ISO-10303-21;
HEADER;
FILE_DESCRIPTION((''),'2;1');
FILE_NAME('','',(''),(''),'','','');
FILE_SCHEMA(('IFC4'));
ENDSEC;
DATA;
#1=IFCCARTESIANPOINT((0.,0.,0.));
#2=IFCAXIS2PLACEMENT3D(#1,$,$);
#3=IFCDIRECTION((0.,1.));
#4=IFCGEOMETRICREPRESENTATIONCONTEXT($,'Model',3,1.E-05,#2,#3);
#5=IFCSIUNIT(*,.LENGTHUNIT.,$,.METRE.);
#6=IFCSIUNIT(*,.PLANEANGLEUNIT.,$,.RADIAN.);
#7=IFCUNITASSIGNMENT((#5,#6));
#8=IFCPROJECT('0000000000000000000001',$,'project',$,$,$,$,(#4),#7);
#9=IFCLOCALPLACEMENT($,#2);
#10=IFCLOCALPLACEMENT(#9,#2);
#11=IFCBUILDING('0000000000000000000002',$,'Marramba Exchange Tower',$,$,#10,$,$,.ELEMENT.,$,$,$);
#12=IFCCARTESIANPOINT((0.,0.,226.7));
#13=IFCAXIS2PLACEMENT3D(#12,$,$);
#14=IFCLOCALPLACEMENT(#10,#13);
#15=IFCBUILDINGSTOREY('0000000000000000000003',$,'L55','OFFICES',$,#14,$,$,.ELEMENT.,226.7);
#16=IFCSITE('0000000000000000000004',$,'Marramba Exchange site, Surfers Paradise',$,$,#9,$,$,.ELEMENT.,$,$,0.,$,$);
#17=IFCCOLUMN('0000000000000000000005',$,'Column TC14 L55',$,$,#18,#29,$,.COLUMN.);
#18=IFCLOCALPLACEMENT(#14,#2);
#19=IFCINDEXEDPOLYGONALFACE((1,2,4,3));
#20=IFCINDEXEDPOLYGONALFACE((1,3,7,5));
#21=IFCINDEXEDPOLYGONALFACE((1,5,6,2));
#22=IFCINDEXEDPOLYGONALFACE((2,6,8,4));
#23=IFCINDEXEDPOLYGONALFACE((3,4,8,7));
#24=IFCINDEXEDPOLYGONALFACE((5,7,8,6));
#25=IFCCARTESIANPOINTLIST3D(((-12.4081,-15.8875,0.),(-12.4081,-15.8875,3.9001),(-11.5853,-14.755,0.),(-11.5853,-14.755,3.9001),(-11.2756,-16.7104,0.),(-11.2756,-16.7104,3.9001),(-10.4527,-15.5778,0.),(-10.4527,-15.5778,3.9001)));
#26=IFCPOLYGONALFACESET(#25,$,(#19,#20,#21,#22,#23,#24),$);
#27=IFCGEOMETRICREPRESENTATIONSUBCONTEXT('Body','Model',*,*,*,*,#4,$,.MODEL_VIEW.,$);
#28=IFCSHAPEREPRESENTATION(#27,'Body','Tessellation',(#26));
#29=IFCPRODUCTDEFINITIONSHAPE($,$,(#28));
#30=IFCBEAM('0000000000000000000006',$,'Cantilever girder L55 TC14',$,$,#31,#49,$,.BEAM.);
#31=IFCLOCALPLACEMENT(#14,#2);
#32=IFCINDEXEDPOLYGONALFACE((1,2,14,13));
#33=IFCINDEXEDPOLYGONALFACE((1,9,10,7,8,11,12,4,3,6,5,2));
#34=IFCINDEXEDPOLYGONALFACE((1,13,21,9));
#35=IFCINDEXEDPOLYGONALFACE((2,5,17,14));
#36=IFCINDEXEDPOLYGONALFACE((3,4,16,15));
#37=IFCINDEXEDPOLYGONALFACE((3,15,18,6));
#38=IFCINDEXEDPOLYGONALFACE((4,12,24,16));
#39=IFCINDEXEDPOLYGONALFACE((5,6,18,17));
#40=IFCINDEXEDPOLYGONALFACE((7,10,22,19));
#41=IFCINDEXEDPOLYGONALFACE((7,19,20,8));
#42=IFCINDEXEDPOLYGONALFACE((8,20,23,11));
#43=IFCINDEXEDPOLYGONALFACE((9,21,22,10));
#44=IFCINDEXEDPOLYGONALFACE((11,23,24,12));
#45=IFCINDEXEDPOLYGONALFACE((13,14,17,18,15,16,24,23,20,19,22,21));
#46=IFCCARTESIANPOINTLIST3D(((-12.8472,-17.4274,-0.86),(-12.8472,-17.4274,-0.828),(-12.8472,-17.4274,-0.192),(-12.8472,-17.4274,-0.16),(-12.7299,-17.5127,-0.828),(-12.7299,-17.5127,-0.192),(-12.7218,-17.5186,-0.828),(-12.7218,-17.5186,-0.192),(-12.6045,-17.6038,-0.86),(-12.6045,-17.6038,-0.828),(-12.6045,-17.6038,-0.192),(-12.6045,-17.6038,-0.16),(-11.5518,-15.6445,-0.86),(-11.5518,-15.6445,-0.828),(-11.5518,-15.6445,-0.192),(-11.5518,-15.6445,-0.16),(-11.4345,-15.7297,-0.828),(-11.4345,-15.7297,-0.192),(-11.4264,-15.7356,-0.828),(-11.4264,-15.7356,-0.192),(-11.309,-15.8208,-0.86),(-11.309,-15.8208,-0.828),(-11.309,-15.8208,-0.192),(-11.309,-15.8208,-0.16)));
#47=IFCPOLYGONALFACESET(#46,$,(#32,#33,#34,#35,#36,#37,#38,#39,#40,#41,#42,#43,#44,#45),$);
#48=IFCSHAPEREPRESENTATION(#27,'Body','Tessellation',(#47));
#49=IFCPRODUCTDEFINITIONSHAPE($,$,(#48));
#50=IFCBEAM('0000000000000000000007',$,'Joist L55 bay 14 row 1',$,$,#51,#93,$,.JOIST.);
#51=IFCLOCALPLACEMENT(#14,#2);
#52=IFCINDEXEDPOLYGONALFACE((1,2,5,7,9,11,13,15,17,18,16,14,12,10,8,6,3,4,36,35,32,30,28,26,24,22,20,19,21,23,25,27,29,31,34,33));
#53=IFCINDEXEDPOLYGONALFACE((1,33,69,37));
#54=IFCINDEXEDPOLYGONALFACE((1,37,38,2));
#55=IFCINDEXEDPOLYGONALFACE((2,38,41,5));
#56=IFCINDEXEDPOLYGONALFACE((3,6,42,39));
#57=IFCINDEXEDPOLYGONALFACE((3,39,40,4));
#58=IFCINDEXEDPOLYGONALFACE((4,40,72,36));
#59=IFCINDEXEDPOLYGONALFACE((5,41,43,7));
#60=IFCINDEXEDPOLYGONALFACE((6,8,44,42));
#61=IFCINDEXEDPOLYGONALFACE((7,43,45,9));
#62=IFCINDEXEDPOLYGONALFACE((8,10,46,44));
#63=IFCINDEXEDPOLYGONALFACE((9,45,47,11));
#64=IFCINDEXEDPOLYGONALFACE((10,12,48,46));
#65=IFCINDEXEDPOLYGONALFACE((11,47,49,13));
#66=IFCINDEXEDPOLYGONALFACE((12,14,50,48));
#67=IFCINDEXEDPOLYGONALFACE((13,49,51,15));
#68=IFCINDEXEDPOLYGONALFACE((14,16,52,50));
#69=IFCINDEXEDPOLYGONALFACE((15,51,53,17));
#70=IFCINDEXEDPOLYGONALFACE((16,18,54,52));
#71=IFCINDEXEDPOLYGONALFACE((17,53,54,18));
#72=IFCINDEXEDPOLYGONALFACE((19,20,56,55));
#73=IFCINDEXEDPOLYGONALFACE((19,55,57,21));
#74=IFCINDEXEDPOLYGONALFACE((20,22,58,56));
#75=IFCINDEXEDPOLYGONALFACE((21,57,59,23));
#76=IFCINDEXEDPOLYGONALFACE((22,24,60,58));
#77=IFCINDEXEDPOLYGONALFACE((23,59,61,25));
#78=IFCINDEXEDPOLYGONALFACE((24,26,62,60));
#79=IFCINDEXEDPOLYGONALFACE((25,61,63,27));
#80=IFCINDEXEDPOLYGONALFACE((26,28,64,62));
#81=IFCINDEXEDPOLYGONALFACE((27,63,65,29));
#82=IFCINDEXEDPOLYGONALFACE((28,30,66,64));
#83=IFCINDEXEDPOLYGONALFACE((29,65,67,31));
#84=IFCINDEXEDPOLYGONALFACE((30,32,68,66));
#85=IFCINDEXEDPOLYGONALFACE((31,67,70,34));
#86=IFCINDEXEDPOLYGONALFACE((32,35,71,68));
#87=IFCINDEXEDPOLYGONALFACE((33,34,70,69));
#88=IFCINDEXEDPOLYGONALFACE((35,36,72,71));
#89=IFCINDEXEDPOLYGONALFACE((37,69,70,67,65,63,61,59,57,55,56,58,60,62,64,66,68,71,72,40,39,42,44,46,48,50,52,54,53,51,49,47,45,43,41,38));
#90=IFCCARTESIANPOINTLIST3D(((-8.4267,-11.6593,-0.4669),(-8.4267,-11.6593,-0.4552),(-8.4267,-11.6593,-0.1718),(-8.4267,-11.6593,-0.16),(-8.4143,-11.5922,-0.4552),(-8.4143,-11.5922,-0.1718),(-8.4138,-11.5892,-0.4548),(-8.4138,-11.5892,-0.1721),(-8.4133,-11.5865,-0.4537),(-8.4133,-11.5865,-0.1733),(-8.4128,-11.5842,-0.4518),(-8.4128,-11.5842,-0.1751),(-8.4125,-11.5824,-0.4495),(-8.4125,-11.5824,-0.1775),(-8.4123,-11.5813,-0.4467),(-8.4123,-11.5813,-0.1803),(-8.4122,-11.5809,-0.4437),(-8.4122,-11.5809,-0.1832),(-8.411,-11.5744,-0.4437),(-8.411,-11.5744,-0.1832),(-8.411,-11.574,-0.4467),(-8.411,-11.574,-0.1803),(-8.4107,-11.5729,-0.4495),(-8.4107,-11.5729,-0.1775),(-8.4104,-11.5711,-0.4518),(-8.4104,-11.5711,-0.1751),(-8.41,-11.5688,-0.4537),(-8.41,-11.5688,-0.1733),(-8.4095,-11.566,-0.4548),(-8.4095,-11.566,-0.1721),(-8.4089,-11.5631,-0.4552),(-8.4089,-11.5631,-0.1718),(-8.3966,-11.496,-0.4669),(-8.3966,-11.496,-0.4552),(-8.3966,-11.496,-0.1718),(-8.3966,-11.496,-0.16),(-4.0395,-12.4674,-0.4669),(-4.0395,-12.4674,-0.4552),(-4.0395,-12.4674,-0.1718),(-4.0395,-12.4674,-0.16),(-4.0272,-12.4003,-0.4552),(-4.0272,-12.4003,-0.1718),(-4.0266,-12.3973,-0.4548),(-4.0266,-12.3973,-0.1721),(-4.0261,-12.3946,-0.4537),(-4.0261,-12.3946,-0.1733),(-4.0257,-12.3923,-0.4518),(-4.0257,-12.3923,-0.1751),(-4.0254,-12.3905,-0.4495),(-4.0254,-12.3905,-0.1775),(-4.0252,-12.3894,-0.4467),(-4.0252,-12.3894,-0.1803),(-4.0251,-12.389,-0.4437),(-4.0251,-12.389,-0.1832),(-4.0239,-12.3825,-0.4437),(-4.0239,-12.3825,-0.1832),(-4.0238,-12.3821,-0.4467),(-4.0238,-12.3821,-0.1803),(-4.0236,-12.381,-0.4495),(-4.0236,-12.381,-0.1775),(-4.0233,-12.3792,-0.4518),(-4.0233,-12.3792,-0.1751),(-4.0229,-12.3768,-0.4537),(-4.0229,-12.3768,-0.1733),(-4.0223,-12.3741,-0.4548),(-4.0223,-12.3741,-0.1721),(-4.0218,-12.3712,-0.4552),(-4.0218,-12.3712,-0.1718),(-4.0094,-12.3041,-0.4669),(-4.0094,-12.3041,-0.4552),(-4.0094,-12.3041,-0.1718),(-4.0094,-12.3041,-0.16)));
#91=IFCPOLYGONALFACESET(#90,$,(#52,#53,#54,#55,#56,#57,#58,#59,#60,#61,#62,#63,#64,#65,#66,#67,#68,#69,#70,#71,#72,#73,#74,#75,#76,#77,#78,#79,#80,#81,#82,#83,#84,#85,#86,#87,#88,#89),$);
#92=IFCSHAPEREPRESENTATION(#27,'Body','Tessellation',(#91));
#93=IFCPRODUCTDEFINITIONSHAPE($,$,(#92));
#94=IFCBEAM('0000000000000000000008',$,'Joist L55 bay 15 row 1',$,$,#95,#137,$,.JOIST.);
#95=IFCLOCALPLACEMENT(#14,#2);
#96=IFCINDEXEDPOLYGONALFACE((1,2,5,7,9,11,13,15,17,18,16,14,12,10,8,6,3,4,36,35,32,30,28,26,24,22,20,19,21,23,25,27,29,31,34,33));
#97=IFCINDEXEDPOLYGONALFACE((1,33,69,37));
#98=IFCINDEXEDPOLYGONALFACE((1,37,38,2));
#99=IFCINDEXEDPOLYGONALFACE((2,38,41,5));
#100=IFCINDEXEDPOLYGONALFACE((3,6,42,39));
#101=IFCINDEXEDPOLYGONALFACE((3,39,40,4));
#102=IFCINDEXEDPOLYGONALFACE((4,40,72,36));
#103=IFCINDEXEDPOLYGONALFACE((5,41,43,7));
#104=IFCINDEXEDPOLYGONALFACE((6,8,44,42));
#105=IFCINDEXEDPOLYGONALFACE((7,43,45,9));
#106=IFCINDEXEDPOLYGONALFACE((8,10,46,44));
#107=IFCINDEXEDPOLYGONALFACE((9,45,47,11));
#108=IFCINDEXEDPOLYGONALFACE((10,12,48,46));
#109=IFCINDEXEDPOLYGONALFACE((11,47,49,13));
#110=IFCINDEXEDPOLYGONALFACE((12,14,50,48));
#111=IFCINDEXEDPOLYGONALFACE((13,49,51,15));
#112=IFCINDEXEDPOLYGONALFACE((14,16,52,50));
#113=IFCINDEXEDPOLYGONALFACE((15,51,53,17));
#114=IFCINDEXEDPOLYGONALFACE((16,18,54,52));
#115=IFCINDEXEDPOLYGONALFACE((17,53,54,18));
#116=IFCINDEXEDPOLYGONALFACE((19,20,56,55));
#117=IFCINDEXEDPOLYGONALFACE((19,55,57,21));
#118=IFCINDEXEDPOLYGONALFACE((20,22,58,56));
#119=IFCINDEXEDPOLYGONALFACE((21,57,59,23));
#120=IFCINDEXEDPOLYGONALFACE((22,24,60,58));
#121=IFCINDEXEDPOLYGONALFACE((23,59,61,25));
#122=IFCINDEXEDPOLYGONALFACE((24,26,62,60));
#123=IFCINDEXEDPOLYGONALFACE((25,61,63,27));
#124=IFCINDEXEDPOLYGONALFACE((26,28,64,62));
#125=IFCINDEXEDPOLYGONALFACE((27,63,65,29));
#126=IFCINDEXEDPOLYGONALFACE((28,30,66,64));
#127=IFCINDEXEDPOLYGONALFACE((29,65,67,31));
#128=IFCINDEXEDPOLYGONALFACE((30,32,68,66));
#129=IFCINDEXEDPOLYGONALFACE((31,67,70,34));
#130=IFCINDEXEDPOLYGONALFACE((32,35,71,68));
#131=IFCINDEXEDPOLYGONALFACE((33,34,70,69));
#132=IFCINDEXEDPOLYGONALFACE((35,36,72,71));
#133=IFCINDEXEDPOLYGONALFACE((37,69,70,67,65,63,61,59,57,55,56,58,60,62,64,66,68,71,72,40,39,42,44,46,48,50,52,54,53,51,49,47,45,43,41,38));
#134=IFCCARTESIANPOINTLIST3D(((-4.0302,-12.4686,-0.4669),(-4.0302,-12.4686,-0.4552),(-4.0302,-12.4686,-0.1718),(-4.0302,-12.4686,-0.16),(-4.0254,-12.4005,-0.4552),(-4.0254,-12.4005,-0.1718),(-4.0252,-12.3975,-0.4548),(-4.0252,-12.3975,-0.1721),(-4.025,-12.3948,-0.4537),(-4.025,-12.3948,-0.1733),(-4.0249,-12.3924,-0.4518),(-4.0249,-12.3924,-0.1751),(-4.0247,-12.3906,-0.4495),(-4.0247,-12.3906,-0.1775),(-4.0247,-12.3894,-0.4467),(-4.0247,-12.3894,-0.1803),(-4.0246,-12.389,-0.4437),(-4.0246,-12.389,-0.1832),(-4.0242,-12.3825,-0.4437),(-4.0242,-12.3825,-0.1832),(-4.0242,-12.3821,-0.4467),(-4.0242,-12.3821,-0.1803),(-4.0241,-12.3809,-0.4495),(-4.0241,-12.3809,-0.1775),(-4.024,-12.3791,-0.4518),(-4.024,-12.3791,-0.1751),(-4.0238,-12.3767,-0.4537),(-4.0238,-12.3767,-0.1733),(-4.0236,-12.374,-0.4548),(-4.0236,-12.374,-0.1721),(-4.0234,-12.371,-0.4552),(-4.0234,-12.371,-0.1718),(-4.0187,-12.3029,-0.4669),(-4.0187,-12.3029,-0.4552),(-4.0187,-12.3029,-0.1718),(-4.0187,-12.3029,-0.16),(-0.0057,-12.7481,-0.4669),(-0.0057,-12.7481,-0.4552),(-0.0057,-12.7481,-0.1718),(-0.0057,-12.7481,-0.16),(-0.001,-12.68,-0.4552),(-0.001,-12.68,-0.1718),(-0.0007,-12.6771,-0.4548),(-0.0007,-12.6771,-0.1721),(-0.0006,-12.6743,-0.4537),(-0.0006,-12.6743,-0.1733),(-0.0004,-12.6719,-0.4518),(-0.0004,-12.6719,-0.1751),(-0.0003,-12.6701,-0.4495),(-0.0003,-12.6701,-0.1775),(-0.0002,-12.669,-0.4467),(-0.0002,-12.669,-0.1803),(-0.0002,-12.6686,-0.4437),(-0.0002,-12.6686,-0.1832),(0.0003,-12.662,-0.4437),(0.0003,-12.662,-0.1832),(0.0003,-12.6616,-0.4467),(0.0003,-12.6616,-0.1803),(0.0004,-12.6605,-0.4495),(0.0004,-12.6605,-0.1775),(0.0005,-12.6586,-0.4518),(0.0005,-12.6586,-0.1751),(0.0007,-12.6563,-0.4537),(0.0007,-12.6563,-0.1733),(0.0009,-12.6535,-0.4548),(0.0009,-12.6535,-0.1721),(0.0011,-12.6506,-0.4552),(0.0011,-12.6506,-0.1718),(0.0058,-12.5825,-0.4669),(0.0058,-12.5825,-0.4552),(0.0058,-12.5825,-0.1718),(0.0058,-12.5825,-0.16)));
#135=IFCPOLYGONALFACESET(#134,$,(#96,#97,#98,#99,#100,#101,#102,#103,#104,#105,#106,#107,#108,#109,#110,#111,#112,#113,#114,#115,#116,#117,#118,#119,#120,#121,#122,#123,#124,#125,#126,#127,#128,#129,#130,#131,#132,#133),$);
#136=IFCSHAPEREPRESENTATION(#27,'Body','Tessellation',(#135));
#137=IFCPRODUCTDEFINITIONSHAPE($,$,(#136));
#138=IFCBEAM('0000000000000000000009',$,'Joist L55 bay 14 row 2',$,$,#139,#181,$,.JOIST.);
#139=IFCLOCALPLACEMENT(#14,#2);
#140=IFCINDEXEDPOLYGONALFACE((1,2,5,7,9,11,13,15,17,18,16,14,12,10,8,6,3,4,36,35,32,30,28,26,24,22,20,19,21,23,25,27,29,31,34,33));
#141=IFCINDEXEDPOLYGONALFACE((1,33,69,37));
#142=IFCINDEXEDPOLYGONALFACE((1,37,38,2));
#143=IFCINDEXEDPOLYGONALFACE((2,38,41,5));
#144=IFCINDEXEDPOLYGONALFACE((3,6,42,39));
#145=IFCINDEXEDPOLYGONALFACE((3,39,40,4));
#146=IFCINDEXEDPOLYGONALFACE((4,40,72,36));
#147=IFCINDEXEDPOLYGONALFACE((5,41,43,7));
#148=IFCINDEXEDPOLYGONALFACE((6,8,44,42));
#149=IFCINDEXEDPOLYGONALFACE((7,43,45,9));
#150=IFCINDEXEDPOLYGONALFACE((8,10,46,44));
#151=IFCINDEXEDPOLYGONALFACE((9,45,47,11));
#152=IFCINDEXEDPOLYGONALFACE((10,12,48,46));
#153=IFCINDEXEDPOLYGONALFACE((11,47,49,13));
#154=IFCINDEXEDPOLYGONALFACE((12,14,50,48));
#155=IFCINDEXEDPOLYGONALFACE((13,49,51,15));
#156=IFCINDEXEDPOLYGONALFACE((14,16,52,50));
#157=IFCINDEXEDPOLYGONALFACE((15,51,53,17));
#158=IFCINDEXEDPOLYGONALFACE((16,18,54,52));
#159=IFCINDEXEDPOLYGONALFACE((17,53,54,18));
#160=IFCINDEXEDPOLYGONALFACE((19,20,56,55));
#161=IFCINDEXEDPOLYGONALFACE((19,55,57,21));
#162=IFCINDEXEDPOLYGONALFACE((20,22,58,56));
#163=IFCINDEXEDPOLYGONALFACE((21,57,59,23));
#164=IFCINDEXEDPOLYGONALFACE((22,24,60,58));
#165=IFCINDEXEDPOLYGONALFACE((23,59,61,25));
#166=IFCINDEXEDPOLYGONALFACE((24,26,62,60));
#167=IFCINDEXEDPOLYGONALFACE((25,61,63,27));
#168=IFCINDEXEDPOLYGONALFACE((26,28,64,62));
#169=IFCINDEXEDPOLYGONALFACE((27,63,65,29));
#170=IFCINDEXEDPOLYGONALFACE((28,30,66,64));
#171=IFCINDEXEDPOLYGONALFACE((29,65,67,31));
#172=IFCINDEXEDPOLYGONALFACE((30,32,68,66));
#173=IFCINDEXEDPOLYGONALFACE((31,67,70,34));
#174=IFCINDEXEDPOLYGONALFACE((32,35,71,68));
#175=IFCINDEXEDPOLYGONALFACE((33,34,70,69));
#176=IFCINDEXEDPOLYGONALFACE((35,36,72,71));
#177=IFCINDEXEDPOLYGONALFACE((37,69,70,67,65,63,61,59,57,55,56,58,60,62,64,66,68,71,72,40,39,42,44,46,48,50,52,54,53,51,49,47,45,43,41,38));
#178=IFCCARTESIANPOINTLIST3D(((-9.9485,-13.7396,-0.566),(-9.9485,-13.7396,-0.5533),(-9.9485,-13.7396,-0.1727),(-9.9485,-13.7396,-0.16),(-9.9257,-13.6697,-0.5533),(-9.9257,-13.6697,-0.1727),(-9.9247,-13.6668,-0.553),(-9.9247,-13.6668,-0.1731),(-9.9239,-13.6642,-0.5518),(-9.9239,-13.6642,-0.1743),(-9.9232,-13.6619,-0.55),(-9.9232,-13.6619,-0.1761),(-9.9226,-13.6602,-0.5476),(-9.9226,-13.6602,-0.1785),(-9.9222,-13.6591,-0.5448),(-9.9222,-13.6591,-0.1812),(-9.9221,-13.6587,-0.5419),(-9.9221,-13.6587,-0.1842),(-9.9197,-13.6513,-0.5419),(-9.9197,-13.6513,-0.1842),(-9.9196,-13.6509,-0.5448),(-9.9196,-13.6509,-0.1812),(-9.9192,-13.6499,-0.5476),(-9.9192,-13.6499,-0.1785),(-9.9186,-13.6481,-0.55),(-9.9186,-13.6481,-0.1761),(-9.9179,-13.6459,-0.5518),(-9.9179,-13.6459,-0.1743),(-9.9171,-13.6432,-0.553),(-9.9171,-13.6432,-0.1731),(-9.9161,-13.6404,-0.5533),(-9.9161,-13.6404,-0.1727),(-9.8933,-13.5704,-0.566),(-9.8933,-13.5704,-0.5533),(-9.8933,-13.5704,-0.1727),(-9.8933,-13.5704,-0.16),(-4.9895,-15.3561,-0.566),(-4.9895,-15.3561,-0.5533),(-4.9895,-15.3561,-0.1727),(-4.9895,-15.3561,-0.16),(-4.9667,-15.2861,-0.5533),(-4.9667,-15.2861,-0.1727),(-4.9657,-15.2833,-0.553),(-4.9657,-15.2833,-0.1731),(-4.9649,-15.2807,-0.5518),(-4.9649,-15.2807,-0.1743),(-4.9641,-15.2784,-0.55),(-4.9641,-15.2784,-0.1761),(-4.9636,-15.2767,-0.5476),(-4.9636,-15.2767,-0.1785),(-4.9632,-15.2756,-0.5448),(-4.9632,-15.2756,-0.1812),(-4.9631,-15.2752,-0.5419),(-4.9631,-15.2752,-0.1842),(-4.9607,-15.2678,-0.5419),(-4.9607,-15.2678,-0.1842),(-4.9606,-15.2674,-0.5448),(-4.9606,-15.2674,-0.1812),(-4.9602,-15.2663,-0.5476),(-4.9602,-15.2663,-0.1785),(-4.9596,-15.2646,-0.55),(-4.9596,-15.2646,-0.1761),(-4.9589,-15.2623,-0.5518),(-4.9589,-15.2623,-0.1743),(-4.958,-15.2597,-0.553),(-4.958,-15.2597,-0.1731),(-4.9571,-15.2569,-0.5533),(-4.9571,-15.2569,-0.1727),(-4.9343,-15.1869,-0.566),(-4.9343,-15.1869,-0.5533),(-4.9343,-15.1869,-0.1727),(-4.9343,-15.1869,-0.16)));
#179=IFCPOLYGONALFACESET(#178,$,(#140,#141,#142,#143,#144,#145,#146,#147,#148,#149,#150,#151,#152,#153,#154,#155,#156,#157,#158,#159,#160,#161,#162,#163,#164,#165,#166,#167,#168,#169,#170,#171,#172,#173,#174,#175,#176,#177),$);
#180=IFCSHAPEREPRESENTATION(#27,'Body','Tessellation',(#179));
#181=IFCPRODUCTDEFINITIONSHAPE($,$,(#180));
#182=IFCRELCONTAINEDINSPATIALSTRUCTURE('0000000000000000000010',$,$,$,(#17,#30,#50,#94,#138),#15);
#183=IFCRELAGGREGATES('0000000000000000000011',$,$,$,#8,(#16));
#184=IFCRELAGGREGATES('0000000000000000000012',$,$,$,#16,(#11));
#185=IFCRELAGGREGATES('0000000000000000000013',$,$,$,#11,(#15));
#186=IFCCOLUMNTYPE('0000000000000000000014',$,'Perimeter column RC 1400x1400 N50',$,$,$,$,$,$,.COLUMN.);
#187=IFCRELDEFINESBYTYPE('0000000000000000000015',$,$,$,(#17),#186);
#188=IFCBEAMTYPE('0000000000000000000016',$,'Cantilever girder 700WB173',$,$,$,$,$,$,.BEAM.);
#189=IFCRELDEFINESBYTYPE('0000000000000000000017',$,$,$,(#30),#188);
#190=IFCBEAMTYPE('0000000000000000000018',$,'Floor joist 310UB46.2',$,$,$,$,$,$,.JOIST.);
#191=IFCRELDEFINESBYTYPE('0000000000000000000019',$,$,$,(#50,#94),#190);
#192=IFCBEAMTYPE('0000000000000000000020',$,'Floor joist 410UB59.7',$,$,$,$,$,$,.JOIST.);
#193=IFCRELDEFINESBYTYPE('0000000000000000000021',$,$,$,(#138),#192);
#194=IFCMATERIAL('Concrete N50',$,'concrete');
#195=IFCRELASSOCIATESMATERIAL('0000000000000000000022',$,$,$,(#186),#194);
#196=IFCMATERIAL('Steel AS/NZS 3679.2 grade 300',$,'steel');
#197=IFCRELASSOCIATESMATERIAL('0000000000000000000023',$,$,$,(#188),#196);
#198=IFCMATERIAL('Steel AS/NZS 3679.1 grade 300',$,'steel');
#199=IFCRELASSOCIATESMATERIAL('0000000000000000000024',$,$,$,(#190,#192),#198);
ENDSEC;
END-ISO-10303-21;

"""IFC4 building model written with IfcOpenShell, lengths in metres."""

from ifc_helpers import new_model, si_unit, direction, frame, origin, origin_2d, place, context, subcontext, project, spatial, rectangle, i_section, extrude, material, material_profile, profile_set, type_object, element, save


model = new_model("IFC4")

# Units and contexts
model_context = context("Model", 3, precision=1e-05, world=origin(), true_north=direction((0.0, 1.0)))
body_context = subcontext(model_context, "Body", "Model", "MODEL_VIEW")
ifc_project = project(units=[si_unit("LENGTHUNIT", "METRE"), si_unit("PLANEANGLEUNIT", "RADIAN")], contexts=[model_context])

# Site, building, storey
site_placement = place(None, origin())
site = spatial("IfcSite", under=ifc_project, at=site_placement, Name="Marramba Exchange site, Surfers Paradise", CompositionType="ELEMENT", RefElevation=0.0)
building_placement = place(site_placement, origin())
building = spatial("IfcBuilding", under=site, at=building_placement, Name="Marramba Exchange Tower", CompositionType="ELEMENT")
storey_placement = place(building_placement, frame((0.0, 0.0, 226.7)))
storey = spatial("IfcBuildingStorey", under=building, at=storey_placement, Name="L55", Description="OFFICES", CompositionType="ELEMENT", Elevation=226.7)

# Column
ifc_material_1 = material(Name="Concrete N50", Category="concrete")
ifc_material_profile_1 = material_profile(ifc_material_1, rectangle(XDim=1.3999, YDim=1.3999, at=origin_2d()), Name="RC 1400x1400")
ifc_profile_set_1 = profile_set([ifc_material_profile_1], Name="Concrete N50")
column_type = type_object("IfcColumnType", Name="Perimeter column RC 1400x1400 N50", PredefinedType="COLUMN", material=ifc_profile_set_1)
column_placement = place(storey_placement, frame((-11.4304, -15.7327, 0.0), z_axis=(0.0, 0.0, 1.0), x_axis=(-0.587785, -0.809017, 0.0)))
element("IfcColumn", 1, at=column_placement, inside=storey, type_object=column_type, Name="Column TC14 L55", PredefinedType="COLUMN", context=body_context, shape_type="SweptSolid", body=[
    extrude(rectangle(XDim=1.3999, YDim=1.3999, at=origin_2d()), origin(), (0.0, 0.0, 1.0), 3.9001),
])

# Beams
ifc_material_2 = material(Name="Steel AS/NZS 3679.2 grade 300", Category="steel")
ifc_material_profile_2 = material_profile(ifc_material_2, i_section(OverallWidth=0.3, OverallDepth=0.7, WebThickness=0.01, FlangeThickness=0.032, at=origin_2d()), Name="700WB173")
ifc_profile_set_2 = profile_set([ifc_material_profile_2], Name="Steel AS/NZS 3679.2 grade 300")
beam_type_1 = type_object("IfcBeamType", Name="Cantilever girder 700WB173", PredefinedType="BEAM", material=ifc_profile_set_2)
beam_1_placement = place(storey_placement, frame((-11.4304, -15.7327, -0.51), z_axis=(-0.58779, -0.809014, 0.0), x_axis=(0.809014, -0.58779, 0.0)))
element("IfcBeam", 2, at=beam_1_placement, inside=storey, type_object=beam_type_1, Name="Cantilever girder L55 TC14", PredefinedType="BEAM", context=body_context, shape_type="SweptSolid", body=[
    extrude(i_section(OverallWidth=0.3, OverallDepth=0.7, WebThickness=0.01, FlangeThickness=0.032, at=origin_2d()), origin(), (0.0, 0.0, 1.0), 2.2039),
])
ifc_material_3 = material(Name="Steel AS/NZS 3679.1 grade 300", Category="steel")
ifc_material_profile_3 = material_profile(ifc_material_3, i_section(OverallWidth=0.166, OverallDepth=0.3069, WebThickness=0.0066, FlangeThickness=0.0117, FilletRadius=0.0115, at=origin_2d()), Name="310UB46.2")
ifc_profile_set_3 = profile_set([ifc_material_profile_3], Name="Steel AS/NZS 3679.1 grade 300")
beam_type_2 = type_object("IfcBeamType", Name="Floor joist 310UB46.2", PredefinedType="JOIST", material=ifc_profile_set_3)
beam_2_placement = place(storey_placement, frame((-8.4116, -11.5776, -0.3135), z_axis=(0.983456, -0.181149, 0.0), x_axis=(0.181149, 0.983456, 0.0)))
element("IfcBeam", 3, at=beam_2_placement, inside=storey, type_object=beam_type_2, Name="Joist L55 bay 14 row 1", PredefinedType="JOIST", context=body_context, shape_type="SweptSolid", body=[
    extrude(i_section(OverallWidth=0.166, OverallDepth=0.3069, WebThickness=0.0066, FlangeThickness=0.0117, FilletRadius=0.0115, at=origin_2d()), origin(), (0.0, 0.0, 1.0), 4.4609),
])
beam_3_placement = place(storey_placement, frame((-4.0244, -12.3857, -0.3135), z_axis=(0.997596, -0.069294, 0.0), x_axis=(0.069294, 0.997596, 0.0)))
element("IfcBeam", 4, at=beam_3_placement, inside=storey, type_object=beam_type_2, Name="Joist L55 bay 15 row 1", PredefinedType="JOIST", context=body_context, shape_type="SweptSolid", body=[
    extrude(i_section(OverallWidth=0.166, OverallDepth=0.3069, WebThickness=0.0066, FlangeThickness=0.0117, FilletRadius=0.0115, at=origin_2d()), origin(), (0.0, 0.0, 1.0), 4.0342),
])
ifc_material_profile_4 = material_profile(ifc_material_3, i_section(OverallWidth=0.178, OverallDepth=0.406, WebThickness=0.0078, FlangeThickness=0.0127, FilletRadius=0.0115, at=origin_2d()), Name="410UB59.7")
ifc_profile_set_4 = profile_set([ifc_material_profile_4], Name="Steel AS/NZS 3679.1 grade 300")
beam_type_3 = type_object("IfcBeamType", Name="Floor joist 410UB59.7", PredefinedType="JOIST", material=ifc_profile_set_4)
beam_4_placement = place(storey_placement, frame((-9.9209, -13.655, -0.363), z_axis=(0.950764, -0.309916, 0.0), x_axis=(0.309916, 0.950764, 0.0)))
element("IfcBeam", 5, at=beam_4_placement, inside=storey, type_object=beam_type_3, Name="Joist L55 bay 14 row 2", PredefinedType="JOIST", context=body_context, shape_type="SweptSolid", body=[
    extrude(i_section(OverallWidth=0.178, OverallDepth=0.406, WebThickness=0.0078, FlangeThickness=0.0127, FilletRadius=0.0115, at=origin_2d()), origin(), (0.0, 0.0, 1.0), 5.2158),
])

save(model, "model.ifc")
